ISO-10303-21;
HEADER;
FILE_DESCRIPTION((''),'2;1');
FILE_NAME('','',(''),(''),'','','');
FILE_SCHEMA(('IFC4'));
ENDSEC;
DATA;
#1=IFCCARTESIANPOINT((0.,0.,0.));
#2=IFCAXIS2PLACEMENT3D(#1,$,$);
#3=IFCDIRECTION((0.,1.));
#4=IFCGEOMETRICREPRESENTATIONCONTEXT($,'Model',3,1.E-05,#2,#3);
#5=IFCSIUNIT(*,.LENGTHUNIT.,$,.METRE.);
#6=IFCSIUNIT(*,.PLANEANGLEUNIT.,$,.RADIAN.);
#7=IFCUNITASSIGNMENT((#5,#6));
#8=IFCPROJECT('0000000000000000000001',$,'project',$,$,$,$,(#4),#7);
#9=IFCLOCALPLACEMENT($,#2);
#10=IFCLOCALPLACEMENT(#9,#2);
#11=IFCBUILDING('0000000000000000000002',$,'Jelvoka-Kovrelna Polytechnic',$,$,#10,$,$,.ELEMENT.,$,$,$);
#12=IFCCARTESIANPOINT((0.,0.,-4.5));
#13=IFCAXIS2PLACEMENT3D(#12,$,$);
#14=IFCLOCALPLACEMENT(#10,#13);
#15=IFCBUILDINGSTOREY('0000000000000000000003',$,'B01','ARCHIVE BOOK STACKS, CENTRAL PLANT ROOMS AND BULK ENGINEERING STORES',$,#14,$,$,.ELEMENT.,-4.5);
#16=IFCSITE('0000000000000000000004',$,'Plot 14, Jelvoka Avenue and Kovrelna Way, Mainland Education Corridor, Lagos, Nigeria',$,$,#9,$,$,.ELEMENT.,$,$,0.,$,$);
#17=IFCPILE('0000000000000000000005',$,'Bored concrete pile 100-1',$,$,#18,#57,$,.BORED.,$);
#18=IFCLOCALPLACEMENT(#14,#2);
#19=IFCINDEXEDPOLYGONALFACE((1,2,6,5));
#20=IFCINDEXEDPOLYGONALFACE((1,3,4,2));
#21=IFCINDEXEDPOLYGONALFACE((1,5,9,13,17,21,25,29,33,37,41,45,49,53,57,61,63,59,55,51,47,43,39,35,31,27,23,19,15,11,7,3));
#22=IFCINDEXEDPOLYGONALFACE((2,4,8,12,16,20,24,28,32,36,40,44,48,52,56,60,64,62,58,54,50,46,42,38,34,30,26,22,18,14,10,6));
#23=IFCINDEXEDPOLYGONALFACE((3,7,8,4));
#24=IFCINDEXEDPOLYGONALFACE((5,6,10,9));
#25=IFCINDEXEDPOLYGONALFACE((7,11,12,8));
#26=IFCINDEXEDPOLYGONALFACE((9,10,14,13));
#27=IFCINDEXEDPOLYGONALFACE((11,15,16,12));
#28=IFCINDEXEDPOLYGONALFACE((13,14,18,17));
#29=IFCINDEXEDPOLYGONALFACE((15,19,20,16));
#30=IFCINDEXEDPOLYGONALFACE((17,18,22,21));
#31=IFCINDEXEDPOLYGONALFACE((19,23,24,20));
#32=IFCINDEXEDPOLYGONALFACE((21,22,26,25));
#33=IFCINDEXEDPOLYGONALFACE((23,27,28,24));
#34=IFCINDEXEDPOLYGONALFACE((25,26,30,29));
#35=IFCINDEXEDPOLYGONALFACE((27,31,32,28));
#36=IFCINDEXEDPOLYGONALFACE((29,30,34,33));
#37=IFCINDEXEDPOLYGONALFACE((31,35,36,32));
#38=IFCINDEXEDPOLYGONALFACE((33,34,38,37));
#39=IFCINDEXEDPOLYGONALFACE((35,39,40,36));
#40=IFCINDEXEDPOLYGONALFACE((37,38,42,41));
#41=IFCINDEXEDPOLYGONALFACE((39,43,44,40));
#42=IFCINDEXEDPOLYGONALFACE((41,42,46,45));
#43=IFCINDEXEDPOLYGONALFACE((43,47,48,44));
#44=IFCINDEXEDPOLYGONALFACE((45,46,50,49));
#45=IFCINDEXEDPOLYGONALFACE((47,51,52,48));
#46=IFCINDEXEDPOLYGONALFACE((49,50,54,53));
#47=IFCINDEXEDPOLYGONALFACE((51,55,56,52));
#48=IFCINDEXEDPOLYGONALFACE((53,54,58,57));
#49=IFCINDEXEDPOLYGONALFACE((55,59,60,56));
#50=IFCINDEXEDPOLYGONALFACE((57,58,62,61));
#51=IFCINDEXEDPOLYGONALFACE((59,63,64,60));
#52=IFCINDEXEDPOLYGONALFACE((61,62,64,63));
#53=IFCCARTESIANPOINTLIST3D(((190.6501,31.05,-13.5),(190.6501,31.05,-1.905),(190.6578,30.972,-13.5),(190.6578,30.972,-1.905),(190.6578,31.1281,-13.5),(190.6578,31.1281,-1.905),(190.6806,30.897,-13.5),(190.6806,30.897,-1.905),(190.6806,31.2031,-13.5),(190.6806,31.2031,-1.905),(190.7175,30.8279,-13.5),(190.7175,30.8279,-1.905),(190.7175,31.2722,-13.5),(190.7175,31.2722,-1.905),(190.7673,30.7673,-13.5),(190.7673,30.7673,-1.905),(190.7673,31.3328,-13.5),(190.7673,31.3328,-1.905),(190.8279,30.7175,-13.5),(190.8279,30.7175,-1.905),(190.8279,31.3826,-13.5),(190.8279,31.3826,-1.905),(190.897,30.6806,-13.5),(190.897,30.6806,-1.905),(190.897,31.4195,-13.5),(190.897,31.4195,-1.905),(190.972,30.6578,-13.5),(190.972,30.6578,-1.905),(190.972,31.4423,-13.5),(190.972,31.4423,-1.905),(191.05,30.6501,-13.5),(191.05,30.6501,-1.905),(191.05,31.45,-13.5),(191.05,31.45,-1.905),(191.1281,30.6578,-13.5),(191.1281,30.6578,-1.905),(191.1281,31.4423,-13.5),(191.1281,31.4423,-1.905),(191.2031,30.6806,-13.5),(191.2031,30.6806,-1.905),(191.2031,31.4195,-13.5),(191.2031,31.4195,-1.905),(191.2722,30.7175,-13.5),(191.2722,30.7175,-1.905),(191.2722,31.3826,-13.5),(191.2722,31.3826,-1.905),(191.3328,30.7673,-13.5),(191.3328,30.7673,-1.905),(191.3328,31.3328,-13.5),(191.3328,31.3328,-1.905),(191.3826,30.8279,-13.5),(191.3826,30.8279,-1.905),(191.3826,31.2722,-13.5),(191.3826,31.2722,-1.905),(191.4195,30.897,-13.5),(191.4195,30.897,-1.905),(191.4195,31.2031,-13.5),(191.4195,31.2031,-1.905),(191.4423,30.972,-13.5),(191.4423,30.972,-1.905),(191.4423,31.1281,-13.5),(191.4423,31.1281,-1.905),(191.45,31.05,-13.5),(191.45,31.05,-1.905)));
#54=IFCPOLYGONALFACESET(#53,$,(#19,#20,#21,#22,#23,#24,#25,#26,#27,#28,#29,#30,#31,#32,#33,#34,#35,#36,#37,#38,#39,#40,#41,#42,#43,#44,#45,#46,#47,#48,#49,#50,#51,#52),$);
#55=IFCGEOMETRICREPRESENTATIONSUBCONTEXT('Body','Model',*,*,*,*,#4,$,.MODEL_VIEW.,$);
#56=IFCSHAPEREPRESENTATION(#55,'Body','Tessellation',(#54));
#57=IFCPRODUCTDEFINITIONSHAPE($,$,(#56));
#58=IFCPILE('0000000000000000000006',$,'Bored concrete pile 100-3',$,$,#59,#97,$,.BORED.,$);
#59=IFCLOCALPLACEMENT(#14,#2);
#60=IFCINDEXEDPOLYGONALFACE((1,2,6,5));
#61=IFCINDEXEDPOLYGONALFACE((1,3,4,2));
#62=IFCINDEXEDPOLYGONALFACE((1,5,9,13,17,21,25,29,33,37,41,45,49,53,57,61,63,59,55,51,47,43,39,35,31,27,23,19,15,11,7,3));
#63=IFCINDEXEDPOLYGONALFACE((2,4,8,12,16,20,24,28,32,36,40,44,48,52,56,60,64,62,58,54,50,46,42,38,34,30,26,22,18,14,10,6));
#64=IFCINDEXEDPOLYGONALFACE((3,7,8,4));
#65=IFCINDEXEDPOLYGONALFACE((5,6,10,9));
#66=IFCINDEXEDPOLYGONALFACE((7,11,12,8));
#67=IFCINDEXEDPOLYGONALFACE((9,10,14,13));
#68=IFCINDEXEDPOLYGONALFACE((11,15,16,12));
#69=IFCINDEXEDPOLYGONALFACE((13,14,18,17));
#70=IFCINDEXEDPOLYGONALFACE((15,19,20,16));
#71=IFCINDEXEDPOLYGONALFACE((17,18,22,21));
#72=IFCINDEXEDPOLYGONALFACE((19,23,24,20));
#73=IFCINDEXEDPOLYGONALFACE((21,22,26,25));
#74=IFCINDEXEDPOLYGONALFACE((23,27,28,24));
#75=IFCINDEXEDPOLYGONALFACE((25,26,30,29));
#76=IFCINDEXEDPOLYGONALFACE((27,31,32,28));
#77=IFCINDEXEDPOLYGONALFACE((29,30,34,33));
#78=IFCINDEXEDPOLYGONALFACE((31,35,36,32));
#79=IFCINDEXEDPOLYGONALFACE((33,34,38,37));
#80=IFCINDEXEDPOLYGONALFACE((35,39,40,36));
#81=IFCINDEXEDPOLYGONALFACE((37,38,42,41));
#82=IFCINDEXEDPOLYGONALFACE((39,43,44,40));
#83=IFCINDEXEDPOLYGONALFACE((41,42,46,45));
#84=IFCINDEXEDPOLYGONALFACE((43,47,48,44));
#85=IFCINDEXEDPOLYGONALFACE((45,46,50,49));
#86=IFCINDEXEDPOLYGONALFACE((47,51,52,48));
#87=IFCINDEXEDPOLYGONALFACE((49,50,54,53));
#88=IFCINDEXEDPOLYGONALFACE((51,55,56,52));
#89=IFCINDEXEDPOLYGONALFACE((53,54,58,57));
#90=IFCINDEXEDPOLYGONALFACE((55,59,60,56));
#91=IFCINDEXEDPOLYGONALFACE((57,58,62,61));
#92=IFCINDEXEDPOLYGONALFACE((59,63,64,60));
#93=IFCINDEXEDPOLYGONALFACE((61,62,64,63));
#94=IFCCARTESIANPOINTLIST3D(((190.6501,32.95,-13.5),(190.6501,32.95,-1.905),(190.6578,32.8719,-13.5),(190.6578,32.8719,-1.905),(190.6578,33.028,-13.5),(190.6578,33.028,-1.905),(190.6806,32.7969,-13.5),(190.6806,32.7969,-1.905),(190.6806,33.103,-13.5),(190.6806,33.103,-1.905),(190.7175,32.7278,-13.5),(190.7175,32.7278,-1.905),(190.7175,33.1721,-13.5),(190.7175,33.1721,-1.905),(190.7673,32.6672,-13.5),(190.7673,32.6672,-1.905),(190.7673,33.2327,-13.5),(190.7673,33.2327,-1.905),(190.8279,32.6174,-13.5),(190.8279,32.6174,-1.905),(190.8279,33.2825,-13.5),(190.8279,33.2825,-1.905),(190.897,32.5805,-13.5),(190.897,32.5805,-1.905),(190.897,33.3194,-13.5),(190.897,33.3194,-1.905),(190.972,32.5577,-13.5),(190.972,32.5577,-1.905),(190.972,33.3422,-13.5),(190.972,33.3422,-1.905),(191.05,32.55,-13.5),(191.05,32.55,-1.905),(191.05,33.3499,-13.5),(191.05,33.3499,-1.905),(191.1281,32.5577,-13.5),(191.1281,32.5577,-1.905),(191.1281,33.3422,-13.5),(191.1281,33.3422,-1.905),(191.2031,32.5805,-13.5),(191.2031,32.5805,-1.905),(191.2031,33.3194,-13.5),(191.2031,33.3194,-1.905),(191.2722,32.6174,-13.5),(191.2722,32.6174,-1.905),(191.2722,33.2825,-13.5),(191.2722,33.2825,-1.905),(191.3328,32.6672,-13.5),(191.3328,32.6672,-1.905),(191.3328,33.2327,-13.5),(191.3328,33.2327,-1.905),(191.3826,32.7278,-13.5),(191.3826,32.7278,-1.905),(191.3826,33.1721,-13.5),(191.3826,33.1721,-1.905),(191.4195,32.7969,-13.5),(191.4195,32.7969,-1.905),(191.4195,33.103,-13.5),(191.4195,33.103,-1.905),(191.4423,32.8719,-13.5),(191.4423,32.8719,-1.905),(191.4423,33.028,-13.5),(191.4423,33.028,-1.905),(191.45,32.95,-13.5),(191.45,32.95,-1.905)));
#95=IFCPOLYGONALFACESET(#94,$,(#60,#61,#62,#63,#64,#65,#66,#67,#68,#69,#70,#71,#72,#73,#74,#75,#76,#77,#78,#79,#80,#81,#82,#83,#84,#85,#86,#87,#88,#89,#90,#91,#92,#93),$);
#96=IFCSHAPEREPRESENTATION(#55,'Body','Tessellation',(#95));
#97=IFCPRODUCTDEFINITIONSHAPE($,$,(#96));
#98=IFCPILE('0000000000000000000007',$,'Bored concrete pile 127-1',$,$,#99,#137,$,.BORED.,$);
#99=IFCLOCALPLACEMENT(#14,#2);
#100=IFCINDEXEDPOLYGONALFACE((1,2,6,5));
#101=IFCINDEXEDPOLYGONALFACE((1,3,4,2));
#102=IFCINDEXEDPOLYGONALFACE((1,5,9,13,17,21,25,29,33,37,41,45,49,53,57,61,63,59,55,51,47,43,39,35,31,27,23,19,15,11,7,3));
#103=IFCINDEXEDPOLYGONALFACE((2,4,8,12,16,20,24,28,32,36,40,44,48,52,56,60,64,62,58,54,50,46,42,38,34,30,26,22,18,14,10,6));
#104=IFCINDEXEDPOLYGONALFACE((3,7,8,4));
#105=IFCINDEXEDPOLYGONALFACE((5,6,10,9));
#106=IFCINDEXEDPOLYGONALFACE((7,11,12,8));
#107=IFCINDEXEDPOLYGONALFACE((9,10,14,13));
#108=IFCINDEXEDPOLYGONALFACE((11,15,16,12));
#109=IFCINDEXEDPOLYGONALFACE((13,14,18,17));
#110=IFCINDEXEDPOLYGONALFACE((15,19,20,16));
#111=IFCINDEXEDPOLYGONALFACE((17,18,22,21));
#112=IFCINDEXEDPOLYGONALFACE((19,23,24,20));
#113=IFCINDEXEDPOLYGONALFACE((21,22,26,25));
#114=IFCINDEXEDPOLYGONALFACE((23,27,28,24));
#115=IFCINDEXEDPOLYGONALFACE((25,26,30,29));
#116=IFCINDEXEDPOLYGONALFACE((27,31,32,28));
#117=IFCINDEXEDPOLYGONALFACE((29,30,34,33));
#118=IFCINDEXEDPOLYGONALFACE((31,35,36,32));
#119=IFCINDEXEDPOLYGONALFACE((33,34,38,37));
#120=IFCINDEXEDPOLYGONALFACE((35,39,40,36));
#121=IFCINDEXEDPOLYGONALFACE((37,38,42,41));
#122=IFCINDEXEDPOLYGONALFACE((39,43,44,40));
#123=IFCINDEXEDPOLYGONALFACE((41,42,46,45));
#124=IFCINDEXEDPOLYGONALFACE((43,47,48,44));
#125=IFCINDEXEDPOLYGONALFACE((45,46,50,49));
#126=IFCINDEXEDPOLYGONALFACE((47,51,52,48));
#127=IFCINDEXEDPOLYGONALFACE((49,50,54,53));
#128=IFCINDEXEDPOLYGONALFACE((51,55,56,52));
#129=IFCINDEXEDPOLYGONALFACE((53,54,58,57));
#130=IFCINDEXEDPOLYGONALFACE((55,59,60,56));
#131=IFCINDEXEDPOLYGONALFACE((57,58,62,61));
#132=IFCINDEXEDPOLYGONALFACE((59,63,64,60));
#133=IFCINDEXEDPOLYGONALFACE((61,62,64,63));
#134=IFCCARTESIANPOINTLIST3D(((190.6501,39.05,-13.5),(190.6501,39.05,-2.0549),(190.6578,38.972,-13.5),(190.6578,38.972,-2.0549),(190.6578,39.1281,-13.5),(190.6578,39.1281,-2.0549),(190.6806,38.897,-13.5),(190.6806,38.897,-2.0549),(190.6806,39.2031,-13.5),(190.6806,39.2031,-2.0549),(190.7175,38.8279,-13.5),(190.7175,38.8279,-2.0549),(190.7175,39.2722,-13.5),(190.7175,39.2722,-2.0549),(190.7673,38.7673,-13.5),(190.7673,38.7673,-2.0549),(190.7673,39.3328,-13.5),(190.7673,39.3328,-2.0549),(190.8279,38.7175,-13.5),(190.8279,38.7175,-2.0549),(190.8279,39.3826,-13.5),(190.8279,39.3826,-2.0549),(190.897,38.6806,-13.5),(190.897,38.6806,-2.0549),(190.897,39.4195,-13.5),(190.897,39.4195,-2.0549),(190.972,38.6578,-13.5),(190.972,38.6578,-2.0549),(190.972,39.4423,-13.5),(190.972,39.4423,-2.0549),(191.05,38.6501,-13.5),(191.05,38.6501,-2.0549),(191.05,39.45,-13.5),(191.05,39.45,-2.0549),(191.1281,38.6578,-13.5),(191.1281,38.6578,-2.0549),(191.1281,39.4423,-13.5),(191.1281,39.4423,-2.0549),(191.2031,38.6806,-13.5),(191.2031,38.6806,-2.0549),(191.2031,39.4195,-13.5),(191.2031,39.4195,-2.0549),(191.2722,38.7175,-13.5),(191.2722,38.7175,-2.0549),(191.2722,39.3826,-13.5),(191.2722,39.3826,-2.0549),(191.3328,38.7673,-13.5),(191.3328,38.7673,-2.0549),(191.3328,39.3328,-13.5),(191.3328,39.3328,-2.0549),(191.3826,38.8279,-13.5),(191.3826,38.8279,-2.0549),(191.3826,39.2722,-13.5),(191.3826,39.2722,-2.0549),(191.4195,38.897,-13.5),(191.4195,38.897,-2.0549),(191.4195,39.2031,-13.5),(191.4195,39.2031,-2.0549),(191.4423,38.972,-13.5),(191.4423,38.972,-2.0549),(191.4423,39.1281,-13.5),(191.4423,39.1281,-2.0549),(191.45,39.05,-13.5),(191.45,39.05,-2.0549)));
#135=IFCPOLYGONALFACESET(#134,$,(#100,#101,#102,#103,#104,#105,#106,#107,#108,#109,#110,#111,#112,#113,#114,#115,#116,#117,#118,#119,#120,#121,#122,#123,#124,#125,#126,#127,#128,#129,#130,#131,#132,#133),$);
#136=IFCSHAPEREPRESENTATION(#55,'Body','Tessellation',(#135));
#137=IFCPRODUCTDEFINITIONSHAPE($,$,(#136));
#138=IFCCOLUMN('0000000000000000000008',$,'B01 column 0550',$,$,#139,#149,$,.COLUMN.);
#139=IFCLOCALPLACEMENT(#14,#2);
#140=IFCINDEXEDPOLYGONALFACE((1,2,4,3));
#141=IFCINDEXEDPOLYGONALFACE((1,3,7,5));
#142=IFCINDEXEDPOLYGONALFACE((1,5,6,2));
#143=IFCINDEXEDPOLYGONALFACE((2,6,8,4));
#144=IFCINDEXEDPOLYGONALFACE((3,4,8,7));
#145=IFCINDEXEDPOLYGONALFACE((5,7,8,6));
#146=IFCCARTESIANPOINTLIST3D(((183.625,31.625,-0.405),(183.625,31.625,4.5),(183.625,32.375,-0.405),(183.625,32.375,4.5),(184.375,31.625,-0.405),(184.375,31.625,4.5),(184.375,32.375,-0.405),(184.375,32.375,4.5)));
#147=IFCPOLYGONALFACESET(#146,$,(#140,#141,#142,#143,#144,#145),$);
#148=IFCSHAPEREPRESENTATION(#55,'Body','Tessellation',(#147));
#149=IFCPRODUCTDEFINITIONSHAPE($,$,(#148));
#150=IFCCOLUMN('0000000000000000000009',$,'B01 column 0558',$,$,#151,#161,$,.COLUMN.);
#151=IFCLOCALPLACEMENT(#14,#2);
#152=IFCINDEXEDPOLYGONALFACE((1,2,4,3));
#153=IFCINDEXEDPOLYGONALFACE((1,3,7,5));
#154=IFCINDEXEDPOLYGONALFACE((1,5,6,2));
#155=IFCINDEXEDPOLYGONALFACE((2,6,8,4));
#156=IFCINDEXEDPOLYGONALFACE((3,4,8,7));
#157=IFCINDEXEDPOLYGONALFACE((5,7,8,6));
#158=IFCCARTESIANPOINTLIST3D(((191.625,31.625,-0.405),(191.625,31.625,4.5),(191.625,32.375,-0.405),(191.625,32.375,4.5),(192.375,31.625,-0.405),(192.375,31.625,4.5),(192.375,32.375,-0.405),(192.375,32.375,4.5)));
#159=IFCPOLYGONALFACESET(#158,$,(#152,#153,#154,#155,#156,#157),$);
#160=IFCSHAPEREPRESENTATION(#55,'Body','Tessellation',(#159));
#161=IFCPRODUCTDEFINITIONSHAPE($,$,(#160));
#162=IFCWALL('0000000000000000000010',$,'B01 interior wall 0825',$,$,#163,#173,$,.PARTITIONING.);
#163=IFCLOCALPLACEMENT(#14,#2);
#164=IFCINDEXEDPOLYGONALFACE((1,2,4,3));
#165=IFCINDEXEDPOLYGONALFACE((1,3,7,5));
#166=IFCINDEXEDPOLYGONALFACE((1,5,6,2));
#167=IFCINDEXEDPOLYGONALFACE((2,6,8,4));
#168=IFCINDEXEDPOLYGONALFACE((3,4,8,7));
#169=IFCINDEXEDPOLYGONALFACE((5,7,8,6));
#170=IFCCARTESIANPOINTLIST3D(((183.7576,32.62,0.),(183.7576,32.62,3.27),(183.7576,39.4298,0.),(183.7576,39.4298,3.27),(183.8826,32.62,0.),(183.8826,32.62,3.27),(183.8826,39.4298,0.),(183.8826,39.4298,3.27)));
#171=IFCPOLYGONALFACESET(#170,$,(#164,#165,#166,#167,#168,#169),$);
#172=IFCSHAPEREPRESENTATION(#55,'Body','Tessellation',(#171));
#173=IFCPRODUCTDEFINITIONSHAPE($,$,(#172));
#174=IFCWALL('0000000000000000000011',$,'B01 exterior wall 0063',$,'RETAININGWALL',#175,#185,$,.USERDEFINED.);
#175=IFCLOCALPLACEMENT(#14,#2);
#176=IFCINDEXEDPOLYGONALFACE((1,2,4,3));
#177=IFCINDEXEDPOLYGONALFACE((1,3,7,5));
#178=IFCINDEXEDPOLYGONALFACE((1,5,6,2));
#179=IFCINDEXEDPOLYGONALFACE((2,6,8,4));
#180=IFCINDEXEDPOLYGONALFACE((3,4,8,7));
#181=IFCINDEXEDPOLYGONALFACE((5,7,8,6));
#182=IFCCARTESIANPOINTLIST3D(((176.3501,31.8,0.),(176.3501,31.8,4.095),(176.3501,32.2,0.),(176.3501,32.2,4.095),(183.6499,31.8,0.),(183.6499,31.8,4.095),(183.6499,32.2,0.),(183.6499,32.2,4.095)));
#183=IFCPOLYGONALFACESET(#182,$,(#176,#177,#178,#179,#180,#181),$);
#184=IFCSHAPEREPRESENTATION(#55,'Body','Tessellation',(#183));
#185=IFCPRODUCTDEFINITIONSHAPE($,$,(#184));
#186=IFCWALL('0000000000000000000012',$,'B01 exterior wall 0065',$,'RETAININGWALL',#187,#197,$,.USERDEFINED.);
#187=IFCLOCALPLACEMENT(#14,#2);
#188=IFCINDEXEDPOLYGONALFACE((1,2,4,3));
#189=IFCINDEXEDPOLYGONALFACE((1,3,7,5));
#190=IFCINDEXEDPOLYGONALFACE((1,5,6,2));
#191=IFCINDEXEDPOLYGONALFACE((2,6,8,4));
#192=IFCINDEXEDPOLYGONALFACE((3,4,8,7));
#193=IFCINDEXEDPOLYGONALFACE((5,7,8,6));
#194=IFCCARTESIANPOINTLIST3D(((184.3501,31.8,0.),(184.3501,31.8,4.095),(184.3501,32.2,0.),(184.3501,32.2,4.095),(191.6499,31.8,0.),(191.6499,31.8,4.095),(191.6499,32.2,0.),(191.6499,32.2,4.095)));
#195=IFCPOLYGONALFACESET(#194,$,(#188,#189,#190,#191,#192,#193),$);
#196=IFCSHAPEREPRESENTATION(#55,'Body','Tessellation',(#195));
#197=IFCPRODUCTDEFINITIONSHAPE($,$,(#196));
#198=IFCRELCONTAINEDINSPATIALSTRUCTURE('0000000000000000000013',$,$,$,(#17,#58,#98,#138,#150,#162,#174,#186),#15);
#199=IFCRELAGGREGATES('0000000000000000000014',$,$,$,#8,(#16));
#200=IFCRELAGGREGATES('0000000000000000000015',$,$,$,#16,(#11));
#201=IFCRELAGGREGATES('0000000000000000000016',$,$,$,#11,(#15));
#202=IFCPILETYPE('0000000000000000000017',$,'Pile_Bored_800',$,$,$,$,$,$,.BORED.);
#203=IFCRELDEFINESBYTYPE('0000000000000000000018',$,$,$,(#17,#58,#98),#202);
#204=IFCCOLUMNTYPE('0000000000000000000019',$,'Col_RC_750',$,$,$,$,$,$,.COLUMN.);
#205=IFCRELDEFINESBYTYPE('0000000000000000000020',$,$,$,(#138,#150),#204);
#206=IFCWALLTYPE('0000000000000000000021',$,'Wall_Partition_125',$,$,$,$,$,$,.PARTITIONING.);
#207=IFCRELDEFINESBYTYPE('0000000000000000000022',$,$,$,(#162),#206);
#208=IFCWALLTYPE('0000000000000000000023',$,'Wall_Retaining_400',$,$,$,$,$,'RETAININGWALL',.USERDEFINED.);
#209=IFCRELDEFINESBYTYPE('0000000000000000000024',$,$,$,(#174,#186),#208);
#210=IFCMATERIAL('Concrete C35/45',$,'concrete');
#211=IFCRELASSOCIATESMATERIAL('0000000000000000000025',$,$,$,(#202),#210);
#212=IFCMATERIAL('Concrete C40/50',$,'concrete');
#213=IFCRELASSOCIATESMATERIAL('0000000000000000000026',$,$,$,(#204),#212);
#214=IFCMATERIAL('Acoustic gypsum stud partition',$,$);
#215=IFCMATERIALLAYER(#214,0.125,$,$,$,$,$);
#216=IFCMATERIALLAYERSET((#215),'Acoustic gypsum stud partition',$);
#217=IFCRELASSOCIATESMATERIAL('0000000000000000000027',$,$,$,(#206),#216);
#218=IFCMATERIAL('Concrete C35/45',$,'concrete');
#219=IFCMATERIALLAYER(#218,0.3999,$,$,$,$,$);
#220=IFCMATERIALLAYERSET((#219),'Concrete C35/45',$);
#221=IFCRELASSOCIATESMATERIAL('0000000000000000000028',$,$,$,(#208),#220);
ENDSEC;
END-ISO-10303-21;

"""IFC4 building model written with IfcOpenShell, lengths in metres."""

from ifc_helpers import new_model, si_unit, direction, frame, frame_2d, origin, origin_2d, place, context, subcontext, project, spatial, rectangle, circle, extrude, material, layer, layer_set, material_profile, profile_set, type_object, element, save


model = new_model("IFC4")

# Units and contexts
model_context = context("Model", 3, precision=1e-05, world=origin(), true_north=direction((0.0, 1.0)))
body_context = subcontext(model_context, "Body", "Model", "MODEL_VIEW")
ifc_project = project(units=[si_unit("LENGTHUNIT", "METRE"), si_unit("PLANEANGLEUNIT", "RADIAN")], contexts=[model_context])

# Site, building, storey
site_placement = place(None, origin())
site = spatial("IfcSite", under=ifc_project, at=site_placement, Name="Plot 14, Jelvoka Avenue and Kovrelna Way, Mainland Education Corridor, Lagos, Nigeria", CompositionType="ELEMENT", RefElevation=0.0)
building_placement = place(site_placement, origin())
building = spatial("IfcBuilding", under=site, at=building_placement, Name="Jelvoka-Kovrelna Polytechnic", CompositionType="ELEMENT")
storey_placement = place(building_placement, frame((0.0, 0.0, -4.5)))
storey = spatial("IfcBuildingStorey", under=building, at=storey_placement, Name="B01", Description="ARCHIVE BOOK STACKS, CENTRAL PLANT ROOMS AND BULK ENGINEERING STORES", CompositionType="ELEMENT", Elevation=-4.5)

# Piles
ifc_material_1 = material(Name="Concrete C35/45", Category="concrete")
ifc_material_profile_1 = material_profile(ifc_material_1, circle(Radius=0.3999, at=origin_2d()), Name="PILE D800")
ifc_profile_set_1 = profile_set([ifc_material_profile_1], Name="Concrete C35/45")
pile_type_1 = type_object("IfcPileType", Name="Pile_Bored_800", PredefinedType="BORED", material=ifc_profile_set_1)
for number, where, z_axis, x_axis, name in (
    (1, (191.05, 31.05, -1.905), (0.0, 0.0, -1.0), (1.0, 0.0, 0.0), "Bored concrete pile 100-1"),
    (2, (191.05, 32.95, -1.905), (0.0, 0.0, -1.0), (1.0, 0.0, 0.0), "Bored concrete pile 100-3"),
):
    element("IfcPile", number, at=place(storey_placement, frame(where, z_axis=z_axis, x_axis=x_axis)), inside=storey, type_object=pile_type_1, Name=name, PredefinedType="BORED", context=body_context, shape_type="SweptSolid", body=[
        extrude(circle(Radius=0.3999, at=origin_2d()), origin(), (0.0, 0.0, 1.0), 11.595),
    ])
pile_placement = place(storey_placement, frame((191.05, 39.05, -2.0549), z_axis=(0.0, 0.0, -1.0), x_axis=(1.0, 0.0, 0.0)))
element("IfcPile", 3, at=pile_placement, inside=storey, type_object=pile_type_1, Name="Bored concrete pile 127-1", PredefinedType="BORED", context=body_context, shape_type="SweptSolid", body=[
    extrude(circle(Radius=0.3999, at=origin_2d()), origin(), (0.0, 0.0, 1.0), 11.4451),
])

# Columns
ifc_material_2 = material(Name="Concrete C40/50", Category="concrete")
ifc_material_profile_2 = material_profile(ifc_material_2, rectangle(XDim=0.75, YDim=0.75, at=origin_2d()), Name="RC 750x750")
ifc_profile_set_2 = profile_set([ifc_material_profile_2], Name="Concrete C40/50")
column_type = type_object("IfcColumnType", Name="Col_RC_750", PredefinedType="COLUMN", material=ifc_profile_set_2)
for number, where, z_axis, x_axis, name in (
    (4, (184.0, 32.0, -0.405), (0.0, 0.0, 1.0), (1.0, 0.0, 0.0), "B01 column 0550"),
    (5, (192.0, 32.0, -0.405), (0.0, 0.0, 1.0), (1.0, 0.0, 0.0), "B01 column 0558"),
):
    element("IfcColumn", number, at=place(storey_placement, frame(where, z_axis=z_axis, x_axis=x_axis)), inside=storey, type_object=column_type, Name=name, PredefinedType="COLUMN", context=body_context, shape_type="SweptSolid", body=[
        extrude(rectangle(XDim=0.75, YDim=0.75, at=origin_2d()), origin(), (0.0, 0.0, 1.0), 4.905),
    ])

# Walls
ifc_material_3 = material(Name="Acoustic gypsum stud partition")
ifc_layer_1 = layer(ifc_material_3, 0.125)
ifc_layer_set_1 = layer_set([ifc_layer_1], Name="Acoustic gypsum stud partition")
wall_type_1 = type_object("IfcWallType", Name="Wall_Partition_125", PredefinedType="PARTITIONING", material=ifc_layer_set_1)
wall_placement = place(storey_placement, frame((183.8201, 32.6201, 0.0), z_axis=(0.0, 0.0, 1.0), x_axis=(0.0, 1.0, 0.0)))
element("IfcWall", 6, at=wall_placement, inside=storey, type_object=wall_type_1, Name="B01 interior wall 0825", PredefinedType="PARTITIONING", context=body_context, shape_type="SweptSolid", body=[
    extrude(rectangle(XDim=6.8098, YDim=0.125, at=frame_2d((3.4048, 0.0))), origin(), (0.0, 0.0, 1.0), 3.27),
])
ifc_material_4 = material(Name="Concrete C35/45", Category="concrete")
ifc_layer_2 = layer(ifc_material_4, 0.3999)
ifc_layer_set_2 = layer_set([ifc_layer_2], Name="Concrete C35/45")
wall_type_2 = type_object("IfcWallType", Name="Wall_Retaining_400", ElementType="RETAININGWALL", PredefinedType="USERDEFINED", material=ifc_layer_set_2)
for number, where, z_axis, x_axis, name in (
    (7, (183.6499, 32.0, 0.0), (0.0, 0.0, 1.0), (-1.0, 0.0, 0.0), "B01 exterior wall 0063"),
    (8, (191.6499, 32.0, 0.0), (0.0, 0.0, 1.0), (-1.0, 0.0, 0.0), "B01 exterior wall 0065"),
):
    element("IfcWall", number, at=place(storey_placement, frame(where, z_axis=z_axis, x_axis=x_axis)), inside=storey, type_object=wall_type_2, Name=name, ObjectType="RETAININGWALL", PredefinedType="USERDEFINED", context=body_context, shape_type="SweptSolid", body=[
        extrude(rectangle(XDim=7.2998, YDim=0.3999, at=frame_2d((3.6499, 0.0))), origin(), (0.0, 0.0, 1.0), 4.095),
    ])

save(model, "model.ifc")
